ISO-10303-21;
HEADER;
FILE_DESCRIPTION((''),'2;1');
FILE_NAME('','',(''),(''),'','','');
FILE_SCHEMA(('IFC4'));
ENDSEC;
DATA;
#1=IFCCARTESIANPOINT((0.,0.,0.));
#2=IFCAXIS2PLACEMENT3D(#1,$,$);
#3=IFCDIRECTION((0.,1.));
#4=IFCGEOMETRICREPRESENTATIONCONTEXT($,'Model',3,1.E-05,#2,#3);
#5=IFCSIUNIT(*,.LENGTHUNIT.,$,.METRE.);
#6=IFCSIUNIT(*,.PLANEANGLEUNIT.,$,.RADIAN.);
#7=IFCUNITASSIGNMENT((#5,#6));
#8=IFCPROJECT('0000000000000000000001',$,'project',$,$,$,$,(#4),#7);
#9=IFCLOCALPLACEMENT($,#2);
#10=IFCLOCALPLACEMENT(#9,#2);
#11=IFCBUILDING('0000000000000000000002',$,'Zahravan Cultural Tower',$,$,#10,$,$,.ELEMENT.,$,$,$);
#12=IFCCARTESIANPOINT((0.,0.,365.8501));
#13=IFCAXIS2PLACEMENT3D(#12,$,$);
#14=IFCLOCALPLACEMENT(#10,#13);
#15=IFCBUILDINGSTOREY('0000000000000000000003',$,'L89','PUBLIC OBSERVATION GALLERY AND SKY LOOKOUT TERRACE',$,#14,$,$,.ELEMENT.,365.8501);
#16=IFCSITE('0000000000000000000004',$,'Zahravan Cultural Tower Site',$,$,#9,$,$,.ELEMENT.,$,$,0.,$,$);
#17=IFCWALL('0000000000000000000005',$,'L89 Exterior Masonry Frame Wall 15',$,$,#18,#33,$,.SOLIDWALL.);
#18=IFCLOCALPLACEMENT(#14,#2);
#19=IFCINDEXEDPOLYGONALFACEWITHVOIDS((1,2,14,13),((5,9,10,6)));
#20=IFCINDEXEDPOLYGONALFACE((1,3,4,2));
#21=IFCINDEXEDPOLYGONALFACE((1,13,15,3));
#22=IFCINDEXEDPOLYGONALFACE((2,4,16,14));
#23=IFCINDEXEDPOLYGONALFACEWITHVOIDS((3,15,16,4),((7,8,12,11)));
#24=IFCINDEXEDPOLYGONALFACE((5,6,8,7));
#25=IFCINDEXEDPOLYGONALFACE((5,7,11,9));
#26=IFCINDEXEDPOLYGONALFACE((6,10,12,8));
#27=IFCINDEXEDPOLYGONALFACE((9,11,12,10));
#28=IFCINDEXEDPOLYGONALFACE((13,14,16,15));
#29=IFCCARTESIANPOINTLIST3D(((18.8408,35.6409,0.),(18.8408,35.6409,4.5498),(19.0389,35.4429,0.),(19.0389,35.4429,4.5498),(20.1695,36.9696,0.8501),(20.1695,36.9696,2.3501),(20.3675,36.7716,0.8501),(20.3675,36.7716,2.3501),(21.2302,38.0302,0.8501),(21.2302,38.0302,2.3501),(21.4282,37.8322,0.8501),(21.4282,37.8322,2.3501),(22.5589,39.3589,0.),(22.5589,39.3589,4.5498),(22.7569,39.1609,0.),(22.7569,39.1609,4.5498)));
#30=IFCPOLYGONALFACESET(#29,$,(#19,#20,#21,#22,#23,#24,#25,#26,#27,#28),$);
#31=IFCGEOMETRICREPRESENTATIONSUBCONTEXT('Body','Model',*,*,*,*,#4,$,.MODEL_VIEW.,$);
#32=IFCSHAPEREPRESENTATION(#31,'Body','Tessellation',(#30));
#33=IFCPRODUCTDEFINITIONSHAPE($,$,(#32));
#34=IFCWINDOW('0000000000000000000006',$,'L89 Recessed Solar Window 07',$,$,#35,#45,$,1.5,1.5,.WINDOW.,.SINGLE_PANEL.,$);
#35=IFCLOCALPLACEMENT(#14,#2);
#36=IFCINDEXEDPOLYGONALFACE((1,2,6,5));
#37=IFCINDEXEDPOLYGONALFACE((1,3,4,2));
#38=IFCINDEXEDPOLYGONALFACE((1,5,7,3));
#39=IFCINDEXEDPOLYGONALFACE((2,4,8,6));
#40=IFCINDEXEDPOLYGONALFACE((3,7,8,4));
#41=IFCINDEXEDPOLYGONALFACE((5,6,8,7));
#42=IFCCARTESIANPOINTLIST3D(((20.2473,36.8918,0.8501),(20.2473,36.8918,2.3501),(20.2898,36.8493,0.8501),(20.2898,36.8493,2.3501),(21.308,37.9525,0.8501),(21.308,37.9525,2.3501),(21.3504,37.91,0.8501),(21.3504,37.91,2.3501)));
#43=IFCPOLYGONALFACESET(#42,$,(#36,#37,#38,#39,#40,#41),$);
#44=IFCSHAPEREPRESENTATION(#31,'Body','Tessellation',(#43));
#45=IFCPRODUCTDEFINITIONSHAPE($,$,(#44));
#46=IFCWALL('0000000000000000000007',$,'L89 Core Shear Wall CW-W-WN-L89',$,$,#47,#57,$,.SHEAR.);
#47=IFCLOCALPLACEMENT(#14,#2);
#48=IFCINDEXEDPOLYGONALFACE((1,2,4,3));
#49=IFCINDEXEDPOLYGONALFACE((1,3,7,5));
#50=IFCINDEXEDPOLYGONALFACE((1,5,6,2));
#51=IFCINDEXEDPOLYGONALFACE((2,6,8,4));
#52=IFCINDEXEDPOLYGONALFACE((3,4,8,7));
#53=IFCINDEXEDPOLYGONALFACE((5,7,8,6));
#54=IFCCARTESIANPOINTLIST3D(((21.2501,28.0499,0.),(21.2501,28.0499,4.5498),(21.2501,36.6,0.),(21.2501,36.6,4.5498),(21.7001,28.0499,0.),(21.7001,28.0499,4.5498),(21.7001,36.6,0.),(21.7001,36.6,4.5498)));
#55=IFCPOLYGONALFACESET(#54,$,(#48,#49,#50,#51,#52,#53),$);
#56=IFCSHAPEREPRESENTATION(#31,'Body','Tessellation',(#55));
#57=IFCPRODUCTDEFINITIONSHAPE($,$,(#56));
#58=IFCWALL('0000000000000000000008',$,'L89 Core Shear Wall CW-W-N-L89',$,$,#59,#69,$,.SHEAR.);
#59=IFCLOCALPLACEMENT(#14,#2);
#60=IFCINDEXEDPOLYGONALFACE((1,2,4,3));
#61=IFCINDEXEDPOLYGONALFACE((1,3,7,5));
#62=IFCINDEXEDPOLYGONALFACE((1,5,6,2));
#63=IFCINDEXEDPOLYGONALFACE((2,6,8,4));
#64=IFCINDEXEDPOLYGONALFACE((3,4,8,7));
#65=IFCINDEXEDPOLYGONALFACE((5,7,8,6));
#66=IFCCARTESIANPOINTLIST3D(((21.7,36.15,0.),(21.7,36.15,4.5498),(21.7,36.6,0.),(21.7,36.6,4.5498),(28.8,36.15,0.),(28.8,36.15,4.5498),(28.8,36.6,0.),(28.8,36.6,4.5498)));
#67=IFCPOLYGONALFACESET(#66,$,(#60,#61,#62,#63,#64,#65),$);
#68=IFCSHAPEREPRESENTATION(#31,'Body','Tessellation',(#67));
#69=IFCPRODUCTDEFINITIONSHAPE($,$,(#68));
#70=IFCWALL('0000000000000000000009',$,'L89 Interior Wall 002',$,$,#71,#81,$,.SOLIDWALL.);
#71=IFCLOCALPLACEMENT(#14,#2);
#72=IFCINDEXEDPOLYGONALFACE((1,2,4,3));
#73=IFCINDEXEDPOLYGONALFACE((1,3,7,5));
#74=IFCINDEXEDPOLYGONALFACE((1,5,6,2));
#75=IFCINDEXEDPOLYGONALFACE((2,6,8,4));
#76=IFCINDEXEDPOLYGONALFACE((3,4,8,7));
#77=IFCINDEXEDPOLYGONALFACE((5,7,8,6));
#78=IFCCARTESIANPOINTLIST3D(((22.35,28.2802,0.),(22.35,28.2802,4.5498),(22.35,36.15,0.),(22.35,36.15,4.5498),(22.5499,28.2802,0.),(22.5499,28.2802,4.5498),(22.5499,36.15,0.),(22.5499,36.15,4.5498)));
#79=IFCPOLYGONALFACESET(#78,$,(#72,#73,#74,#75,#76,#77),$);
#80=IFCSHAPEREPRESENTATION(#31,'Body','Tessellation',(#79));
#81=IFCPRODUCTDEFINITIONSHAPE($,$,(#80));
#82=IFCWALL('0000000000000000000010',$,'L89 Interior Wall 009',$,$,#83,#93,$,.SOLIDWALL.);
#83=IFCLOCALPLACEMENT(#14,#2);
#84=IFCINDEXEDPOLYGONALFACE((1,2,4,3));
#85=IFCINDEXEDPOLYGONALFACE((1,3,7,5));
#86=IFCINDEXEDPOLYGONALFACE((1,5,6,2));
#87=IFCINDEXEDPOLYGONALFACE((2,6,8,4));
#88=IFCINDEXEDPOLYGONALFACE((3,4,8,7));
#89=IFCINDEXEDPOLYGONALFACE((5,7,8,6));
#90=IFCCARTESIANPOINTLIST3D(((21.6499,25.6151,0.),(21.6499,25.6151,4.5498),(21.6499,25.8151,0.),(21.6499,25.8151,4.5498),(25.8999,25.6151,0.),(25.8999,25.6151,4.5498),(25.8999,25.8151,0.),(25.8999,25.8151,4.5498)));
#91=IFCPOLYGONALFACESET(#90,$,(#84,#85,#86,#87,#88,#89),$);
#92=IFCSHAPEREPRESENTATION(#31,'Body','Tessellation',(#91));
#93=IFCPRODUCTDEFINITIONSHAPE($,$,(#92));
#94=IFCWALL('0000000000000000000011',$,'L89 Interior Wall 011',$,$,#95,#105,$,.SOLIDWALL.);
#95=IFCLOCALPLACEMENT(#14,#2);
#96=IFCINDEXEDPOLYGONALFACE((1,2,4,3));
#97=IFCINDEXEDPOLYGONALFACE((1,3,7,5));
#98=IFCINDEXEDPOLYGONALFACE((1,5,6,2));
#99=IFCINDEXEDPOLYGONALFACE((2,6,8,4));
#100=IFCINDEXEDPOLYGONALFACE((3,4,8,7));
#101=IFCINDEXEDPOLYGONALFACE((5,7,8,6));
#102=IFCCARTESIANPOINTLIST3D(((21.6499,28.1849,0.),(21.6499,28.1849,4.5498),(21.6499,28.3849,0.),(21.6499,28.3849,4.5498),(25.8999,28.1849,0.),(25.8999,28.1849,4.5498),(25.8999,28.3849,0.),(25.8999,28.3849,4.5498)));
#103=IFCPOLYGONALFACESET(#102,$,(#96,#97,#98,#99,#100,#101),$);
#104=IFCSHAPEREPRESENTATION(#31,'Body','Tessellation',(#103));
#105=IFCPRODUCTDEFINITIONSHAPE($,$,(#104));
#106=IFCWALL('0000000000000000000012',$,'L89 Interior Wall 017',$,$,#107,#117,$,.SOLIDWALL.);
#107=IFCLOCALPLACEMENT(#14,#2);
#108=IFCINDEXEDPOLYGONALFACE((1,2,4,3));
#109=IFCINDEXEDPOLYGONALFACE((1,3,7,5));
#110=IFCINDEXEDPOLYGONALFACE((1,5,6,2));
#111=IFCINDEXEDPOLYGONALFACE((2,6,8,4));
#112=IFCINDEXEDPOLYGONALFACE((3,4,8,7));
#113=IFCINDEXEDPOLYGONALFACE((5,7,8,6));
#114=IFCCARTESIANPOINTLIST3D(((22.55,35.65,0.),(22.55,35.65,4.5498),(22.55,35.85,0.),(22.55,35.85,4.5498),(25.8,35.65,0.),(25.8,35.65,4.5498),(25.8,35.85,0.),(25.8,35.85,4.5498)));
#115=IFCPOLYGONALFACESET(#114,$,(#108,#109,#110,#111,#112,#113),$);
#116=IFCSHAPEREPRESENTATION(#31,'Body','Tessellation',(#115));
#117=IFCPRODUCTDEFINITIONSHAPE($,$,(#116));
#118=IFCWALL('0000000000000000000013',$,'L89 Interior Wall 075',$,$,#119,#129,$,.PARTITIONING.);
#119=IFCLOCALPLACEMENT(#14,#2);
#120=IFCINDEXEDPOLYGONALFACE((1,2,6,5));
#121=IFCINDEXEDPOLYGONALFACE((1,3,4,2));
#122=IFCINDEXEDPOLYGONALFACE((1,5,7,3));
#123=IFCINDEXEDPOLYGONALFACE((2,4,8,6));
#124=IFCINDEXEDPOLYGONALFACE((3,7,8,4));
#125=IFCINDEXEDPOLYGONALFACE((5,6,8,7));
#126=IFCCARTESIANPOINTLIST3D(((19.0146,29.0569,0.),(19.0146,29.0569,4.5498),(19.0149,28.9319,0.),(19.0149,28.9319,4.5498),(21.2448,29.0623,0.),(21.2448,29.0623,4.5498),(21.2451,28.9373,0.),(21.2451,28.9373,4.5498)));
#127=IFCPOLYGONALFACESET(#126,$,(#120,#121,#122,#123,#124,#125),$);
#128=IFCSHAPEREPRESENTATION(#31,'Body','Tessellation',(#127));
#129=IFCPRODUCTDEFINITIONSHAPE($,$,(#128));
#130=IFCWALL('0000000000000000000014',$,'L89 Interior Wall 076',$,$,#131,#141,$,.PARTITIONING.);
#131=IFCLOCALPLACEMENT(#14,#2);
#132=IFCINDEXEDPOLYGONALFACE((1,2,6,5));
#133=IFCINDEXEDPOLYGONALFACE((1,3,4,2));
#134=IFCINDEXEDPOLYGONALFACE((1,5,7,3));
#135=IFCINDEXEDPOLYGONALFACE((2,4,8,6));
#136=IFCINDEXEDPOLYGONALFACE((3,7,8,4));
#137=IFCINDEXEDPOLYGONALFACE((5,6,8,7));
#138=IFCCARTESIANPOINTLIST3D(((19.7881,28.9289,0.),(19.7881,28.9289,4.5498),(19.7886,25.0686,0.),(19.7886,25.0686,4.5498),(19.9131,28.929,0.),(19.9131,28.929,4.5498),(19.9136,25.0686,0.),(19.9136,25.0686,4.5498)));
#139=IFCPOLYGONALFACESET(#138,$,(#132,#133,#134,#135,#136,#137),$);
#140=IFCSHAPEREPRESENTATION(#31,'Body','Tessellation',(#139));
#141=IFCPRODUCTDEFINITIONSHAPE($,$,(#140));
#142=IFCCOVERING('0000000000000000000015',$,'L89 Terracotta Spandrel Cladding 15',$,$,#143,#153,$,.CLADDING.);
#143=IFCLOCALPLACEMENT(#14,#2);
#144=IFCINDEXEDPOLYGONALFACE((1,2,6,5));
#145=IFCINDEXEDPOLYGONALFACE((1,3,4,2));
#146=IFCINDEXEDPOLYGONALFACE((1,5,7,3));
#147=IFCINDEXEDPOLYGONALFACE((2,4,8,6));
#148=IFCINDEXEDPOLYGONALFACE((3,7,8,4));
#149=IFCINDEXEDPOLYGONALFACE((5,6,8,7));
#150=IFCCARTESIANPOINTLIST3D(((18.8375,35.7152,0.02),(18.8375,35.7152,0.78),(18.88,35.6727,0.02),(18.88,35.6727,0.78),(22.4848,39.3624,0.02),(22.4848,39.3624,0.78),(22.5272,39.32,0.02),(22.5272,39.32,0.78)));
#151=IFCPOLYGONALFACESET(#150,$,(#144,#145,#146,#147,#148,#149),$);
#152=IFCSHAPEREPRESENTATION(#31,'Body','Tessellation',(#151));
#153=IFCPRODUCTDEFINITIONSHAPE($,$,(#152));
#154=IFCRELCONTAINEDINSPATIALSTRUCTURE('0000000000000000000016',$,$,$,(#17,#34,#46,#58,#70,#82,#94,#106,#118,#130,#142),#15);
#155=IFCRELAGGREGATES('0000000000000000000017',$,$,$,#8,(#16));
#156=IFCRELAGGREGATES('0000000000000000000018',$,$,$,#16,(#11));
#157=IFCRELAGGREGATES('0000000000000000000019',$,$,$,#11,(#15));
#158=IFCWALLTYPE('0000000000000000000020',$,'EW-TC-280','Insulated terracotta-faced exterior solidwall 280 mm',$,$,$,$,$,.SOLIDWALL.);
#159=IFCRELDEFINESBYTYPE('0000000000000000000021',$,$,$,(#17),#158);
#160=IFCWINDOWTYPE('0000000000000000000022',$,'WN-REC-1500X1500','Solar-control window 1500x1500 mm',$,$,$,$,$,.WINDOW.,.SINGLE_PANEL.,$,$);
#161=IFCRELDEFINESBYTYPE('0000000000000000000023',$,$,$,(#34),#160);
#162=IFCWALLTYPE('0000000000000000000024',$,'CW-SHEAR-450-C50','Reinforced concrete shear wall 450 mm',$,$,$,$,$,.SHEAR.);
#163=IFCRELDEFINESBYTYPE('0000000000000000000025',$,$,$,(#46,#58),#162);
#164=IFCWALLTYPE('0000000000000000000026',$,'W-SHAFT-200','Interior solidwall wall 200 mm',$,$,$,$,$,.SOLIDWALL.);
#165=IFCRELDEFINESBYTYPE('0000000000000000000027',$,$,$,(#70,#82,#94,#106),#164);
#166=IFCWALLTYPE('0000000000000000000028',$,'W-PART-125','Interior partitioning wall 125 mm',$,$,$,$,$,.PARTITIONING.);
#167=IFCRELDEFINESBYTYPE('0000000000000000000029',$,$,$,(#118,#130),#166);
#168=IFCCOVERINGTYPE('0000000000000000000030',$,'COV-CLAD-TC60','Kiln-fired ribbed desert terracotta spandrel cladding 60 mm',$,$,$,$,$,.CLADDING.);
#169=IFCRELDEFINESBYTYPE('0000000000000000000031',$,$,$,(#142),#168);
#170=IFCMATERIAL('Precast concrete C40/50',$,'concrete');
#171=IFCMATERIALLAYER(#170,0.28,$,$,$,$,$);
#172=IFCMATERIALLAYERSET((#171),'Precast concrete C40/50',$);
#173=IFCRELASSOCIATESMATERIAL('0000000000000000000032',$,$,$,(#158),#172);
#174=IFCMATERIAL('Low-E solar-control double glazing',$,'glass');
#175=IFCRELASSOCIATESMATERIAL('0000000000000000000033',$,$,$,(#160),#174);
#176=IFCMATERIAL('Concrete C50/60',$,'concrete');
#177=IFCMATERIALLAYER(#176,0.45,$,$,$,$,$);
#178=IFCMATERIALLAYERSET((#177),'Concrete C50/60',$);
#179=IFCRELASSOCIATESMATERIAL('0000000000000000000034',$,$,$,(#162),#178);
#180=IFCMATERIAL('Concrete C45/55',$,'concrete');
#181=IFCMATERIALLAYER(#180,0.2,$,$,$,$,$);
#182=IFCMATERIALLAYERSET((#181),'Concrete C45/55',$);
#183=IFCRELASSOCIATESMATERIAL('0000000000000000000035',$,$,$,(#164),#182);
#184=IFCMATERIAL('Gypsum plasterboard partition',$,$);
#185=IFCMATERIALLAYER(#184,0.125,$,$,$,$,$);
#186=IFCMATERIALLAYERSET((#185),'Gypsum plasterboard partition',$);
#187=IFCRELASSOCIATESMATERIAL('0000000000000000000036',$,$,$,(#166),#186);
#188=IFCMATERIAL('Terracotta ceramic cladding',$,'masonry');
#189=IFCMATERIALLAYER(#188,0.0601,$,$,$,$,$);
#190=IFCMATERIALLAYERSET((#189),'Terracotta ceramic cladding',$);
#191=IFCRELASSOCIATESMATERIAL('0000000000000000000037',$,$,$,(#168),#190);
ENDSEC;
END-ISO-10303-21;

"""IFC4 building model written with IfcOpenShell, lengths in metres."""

from ifc_helpers import new_model, si_unit, direction, frame, frame_2d, origin, origin_2d, place, context, subcontext, project, spatial, rectangle, extrude, source, transform, mapped, material, layer, layer_set, type_object, element, fill, save


model = new_model("IFC4")

# Units and contexts
model_context = context("Model", 3, precision=1e-05, world=origin(), true_north=direction((0.0, 1.0)))
body_context = subcontext(model_context, "Body", "Model", "MODEL_VIEW")
ifc_project = project(units=[si_unit("LENGTHUNIT", "METRE"), si_unit("PLANEANGLEUNIT", "RADIAN")], contexts=[model_context])

# Site, building, storey
site_placement = place(None, origin())
site = spatial("IfcSite", under=ifc_project, at=site_placement, Name="Zahravan Cultural Tower Site", CompositionType="ELEMENT", RefElevation=0.0)
building_placement = place(site_placement, origin())
building = spatial("IfcBuilding", under=site, at=building_placement, Name="Zahravan Cultural Tower", CompositionType="ELEMENT")
storey_placement = place(building_placement, frame((0.0, 0.0, 365.8501)))
storey = spatial("IfcBuildingStorey", under=building, at=storey_placement, Name="L89", Description="PUBLIC OBSERVATION GALLERY AND SKY LOOKOUT TERRACE", CompositionType="ELEMENT", Elevation=365.8501)

# Shared definitions
ifc_material_1 = material(Name="Concrete C50/60", Category="concrete")

# Shared definitions
ifc_material_2 = material(Name="Low-E solar-control double glazing", Category="glass")

# Wall, opening, window
ifc_material_3 = material(Name="Precast concrete C40/50", Category="concrete")
ifc_layer_1 = layer(ifc_material_3, 0.28)
ifc_layer_set_1 = layer_set([ifc_layer_1], Name="Precast concrete C40/50")
wall_type_1 = type_object("IfcWallType", Name="EW-TC-280", Description="Insulated terracotta-faced exterior solidwall 280 mm", PredefinedType="SOLIDWALL", material=ifc_layer_set_1)
wall_1_placement = place(storey_placement, frame((18.9399, 35.542, 0.0), z_axis=(0.0, 0.0, 1.0), x_axis=(0.707107, 0.707107, 0.0)))
wall_1 = element("IfcWall", 1, at=wall_1_placement, inside=storey, type_object=wall_type_1, Name="L89 Exterior Masonry Frame Wall 15", PredefinedType="SOLIDWALL", context=body_context, shape_type="SweptSolid", body=[
    extrude(rectangle(XDim=5.2581, YDim=0.28, at=frame_2d((2.6289, 0.0))), origin(), (0.0, 0.0, 1.0), 4.5498),
])
opening_placement = place(wall_1_placement, frame((1.8789, 0.0, 0.8501)))
opening = element("IfcOpeningElement", 2, at=opening_placement, cuts=wall_1, PredefinedType="OPENING", context=body_context, shape_type="SweptSolid", body=[
    extrude(rectangle(XDim=1.5, YDim=1.5, at=frame_2d((0.75, 0.75))), frame((0.0, 0.1499, 0.0), z_axis=(0.0, -1.0, 0.0), x_axis=(1.0, 0.0, 0.0)), (0.0, 0.0, 1.0), 0.3),
])
window_type = type_object("IfcWindowType", Name="WN-REC-1500X1500", Description="Solar-control window 1500x1500 mm", PartitioningType="SINGLE_PANEL", PredefinedType="WINDOW", material=ifc_material_2)
shared_shape_1 = source(origin(), body_context, "Body", "SweptSolid", [
    extrude(rectangle(XDim=1.5, YDim=1.5, at=frame_2d((0.75, 0.75))), frame((0.0, 0.03, 0.0), z_axis=(0.0, -1.0, 0.0), x_axis=(1.0, 0.0, 0.0)), (0.0, 0.0, 1.0), 0.0601),
])
window_placement = place(opening_placement, origin())
window = element("IfcWindow", 3, at=window_placement, inside=storey, type_object=window_type, Name="L89 Recessed Solar Window 07", OverallHeight=1.5, OverallWidth=1.5, PartitioningType="SINGLE_PANEL", PredefinedType="WINDOW", context=body_context, shape_type="MappedRepresentation", body=[
    mapped(shared_shape_1, transform((0.0, 0.0, 0.0), x_axis=(1.0, 0.0, 0.0), y_axis=(0.0, 1.0, 0.0), z_axis=(0.0, 0.0, 1.0), scale=1.0)),
])
fill(opening, window)

# Walls
ifc_layer_2 = layer(ifc_material_1, 0.45)
ifc_layer_set_2 = layer_set([ifc_layer_2], Name="Concrete C50/60")
wall_type_2 = type_object("IfcWallType", Name="CW-SHEAR-450-C50", Description="Reinforced concrete shear wall 450 mm", PredefinedType="SHEAR", material=ifc_layer_set_2)
shared_shape_2 = source(origin(), body_context, "Body", "SweptSolid", [
    extrude(rectangle(XDim=8.55, YDim=0.45, at=frame_2d((4.2749, 0.0))), origin(), (0.0, 0.0, 1.0), 4.5498),
])
wall_2_placement = place(storey_placement, frame((21.4751, 28.05, 0.0), z_axis=(0.0, 0.0, 1.0), x_axis=(0.0, 1.0, 0.0)))
element("IfcWall", 4, at=wall_2_placement, inside=storey, type_object=wall_type_2, Name="L89 Core Shear Wall CW-W-WN-L89", PredefinedType="SHEAR", context=body_context, shape_type="MappedRepresentation", body=[
    mapped(shared_shape_2, transform((0.0, 0.0, 0.0), x_axis=(1.0, 0.0, 0.0), y_axis=(0.0, 1.0, 0.0), z_axis=(0.0, 0.0, 1.0), scale=1.0)),
])
shared_shape_3 = source(origin(), body_context, "Body", "SweptSolid", [
    extrude(rectangle(XDim=7.1001, YDim=0.45, at=frame_2d((3.55, 0.0))), origin(), (0.0, 0.0, 1.0), 4.5498),
])
wall_3_placement = place(storey_placement, frame((21.7, 36.375, 0.0), z_axis=(0.0, 0.0, 1.0), x_axis=(1.0, 0.0, 0.0)))
element("IfcWall", 5, at=wall_3_placement, inside=storey, type_object=wall_type_2, Name="L89 Core Shear Wall CW-W-N-L89", PredefinedType="SHEAR", context=body_context, shape_type="MappedRepresentation", body=[
    mapped(shared_shape_3, transform((0.0, 0.0, 0.0), x_axis=(1.0, 0.0, 0.0), y_axis=(0.0, 1.0, 0.0), z_axis=(0.0, 0.0, 1.0), scale=1.0)),
])
ifc_material_4 = material(Name="Concrete C45/55", Category="concrete")
ifc_layer_3 = layer(ifc_material_4, 0.2)
ifc_layer_set_3 = layer_set([ifc_layer_3], Name="Concrete C45/55")
wall_type_3 = type_object("IfcWallType", Name="W-SHAFT-200", Description="Interior solidwall wall 200 mm", PredefinedType="SOLIDWALL", material=ifc_layer_set_3)
shared_shape_4 = source(origin(), body_context, "Body", "SweptSolid", [
    extrude(rectangle(XDim=7.8699, YDim=0.2, at=frame_2d((3.9351, 0.0))), origin(), (0.0, 0.0, 1.0), 4.5498),
])
wall_4_placement = place(storey_placement, frame((22.45, 28.28, 0.0), z_axis=(0.0, 0.0, 1.0), x_axis=(0.0, 1.0, 0.0)))
element("IfcWall", 6, at=wall_4_placement, inside=storey, type_object=wall_type_3, Name="L89 Interior Wall 002", PredefinedType="SOLIDWALL", context=body_context, shape_type="MappedRepresentation", body=[
    mapped(shared_shape_4, transform((0.0, 0.0, 0.0), x_axis=(1.0, 0.0, 0.0), y_axis=(0.0, 1.0, 0.0), z_axis=(0.0, 0.0, 1.0), scale=1.0)),
])
shared_shape_5 = source(origin(), body_context, "Body", "SweptSolid", [
    extrude(rectangle(XDim=4.25, YDim=0.2, at=frame_2d((2.125, 0.0))), origin(), (0.0, 0.0, 1.0), 4.5498),
])
for number, where, z_axis, x_axis, name in (
    (7, (21.6499, 25.7151, 0.0), (0.0, 0.0, 1.0), (1.0, 0.0, 0.0), "L89 Interior Wall 009"),
    (8, (21.6499, 28.2849, 0.0), (0.0, 0.0, 1.0), (1.0, 0.0, 0.0), "L89 Interior Wall 011"),
):
    element("IfcWall", number, at=place(storey_placement, frame(where, z_axis=z_axis, x_axis=x_axis)), inside=storey, type_object=wall_type_3, Name=name, PredefinedType="SOLIDWALL", context=body_context, shape_type="MappedRepresentation", body=[
        mapped(shared_shape_5, transform((0.0, 0.0, 0.0), x_axis=(1.0, 0.0, 0.0), y_axis=(0.0, 1.0, 0.0), z_axis=(0.0, 0.0, 1.0), scale=1.0)),
    ])
shared_shape_6 = source(origin(), body_context, "Body", "SweptSolid", [
    extrude(rectangle(XDim=3.25, YDim=0.2, at=frame_2d((1.625, 0.0))), origin(), (0.0, 0.0, 1.0), 4.5498),
])
wall_5_placement = place(storey_placement, frame((22.55, 35.75, 0.0), z_axis=(0.0, 0.0, 1.0), x_axis=(1.0, 0.0, 0.0)))
element("IfcWall", 9, at=wall_5_placement, inside=storey, type_object=wall_type_3, Name="L89 Interior Wall 017", PredefinedType="SOLIDWALL", context=body_context, shape_type="MappedRepresentation", body=[
    mapped(shared_shape_6, transform((0.0, 0.0, 0.0), x_axis=(1.0, 0.0, 0.0), y_axis=(0.0, 1.0, 0.0), z_axis=(0.0, 0.0, 1.0), scale=1.0)),
])
ifc_material_5 = material(Name="Gypsum plasterboard partition")
ifc_layer_4 = layer(ifc_material_5, 0.125)
ifc_layer_set_4 = layer_set([ifc_layer_4], Name="Gypsum plasterboard partition")
wall_type_4 = type_object("IfcWallType", Name="W-PART-125", Description="Interior partitioning wall 125 mm", PredefinedType="PARTITIONING", material=ifc_layer_set_4)
shared_shape_7 = source(origin(), body_context, "Body", "SweptSolid", [
    extrude(rectangle(XDim=2.2302, YDim=0.125, at=frame_2d((1.1152, 0.0))), origin(), (0.0, 0.0, 1.0), 4.5498),
])
wall_6_placement = place(storey_placement, frame((21.2451, 28.9998, 0.0), z_axis=(0.0, 0.0, 1.0), x_axis=(-0.999997, -0.002408, 0.0)))
element("IfcWall", 10, at=wall_6_placement, inside=storey, type_object=wall_type_4, Name="L89 Interior Wall 075", PredefinedType="PARTITIONING", context=body_context, shape_type="MappedRepresentation", body=[
    mapped(shared_shape_7, transform((0.0, 0.0, 0.0), x_axis=(1.0, 0.0, 0.0), y_axis=(0.0, 1.0, 0.0), z_axis=(0.0, 0.0, 1.0), scale=1.0)),
])
shared_shape_8 = source(origin(), body_context, "Body", "SweptSolid", [
    extrude(rectangle(XDim=3.8604, YDim=0.125, at=frame_2d((1.9302, 0.0))), origin(), (0.0, 0.0, 1.0), 4.5498),
])
wall_7_placement = place(storey_placement, frame((19.8506, 28.929, 0.0), z_axis=(0.0, 0.0, 1.0), x_axis=(0.000126, -1.0, 0.0)))
element("IfcWall", 11, at=wall_7_placement, inside=storey, type_object=wall_type_4, Name="L89 Interior Wall 076", PredefinedType="PARTITIONING", context=body_context, shape_type="MappedRepresentation", body=[
    mapped(shared_shape_8, transform((0.0, 0.0, 0.0), x_axis=(1.0, 0.0, 0.0), y_axis=(0.0, 1.0, 0.0), z_axis=(0.0, 0.0, 1.0), scale=1.0)),
])

# Covering
ifc_material_6 = material(Name="Terracotta ceramic cladding", Category="masonry")
ifc_layer_5 = layer(ifc_material_6, 0.0601)
ifc_layer_set_5 = layer_set([ifc_layer_5], Name="Terracotta ceramic cladding")
covering_type = type_object("IfcCoveringType", Name="COV-CLAD-TC60", Description="Kiln-fired ribbed desert terracotta spandrel cladding 60 mm", PredefinedType="CLADDING", material=ifc_layer_set_5)
shared_shape_9 = source(origin(), body_context, "Body", "SweptSolid", [
    extrude(rectangle(XDim=5.158, YDim=0.0601, at=origin_2d()), origin(), (0.0, 0.0, 1.0), 0.76),
])
covering_placement = place(storey_placement, frame((20.6824, 37.5176, 0.02), z_axis=(0.0, 0.0, 1.0), x_axis=(0.707107, 0.707107, 0.0)))
element("IfcCovering", 12, at=covering_placement, inside=storey, type_object=covering_type, Name="L89 Terracotta Spandrel Cladding 15", PredefinedType="CLADDING", context=body_context, shape_type="MappedRepresentation", body=[
    mapped(shared_shape_9, transform((0.0, 0.0, 0.0), x_axis=(1.0, 0.0, 0.0), y_axis=(0.0, 1.0, 0.0), z_axis=(0.0, 0.0, 1.0), scale=1.0)),
])

save(model, "model.ifc")
